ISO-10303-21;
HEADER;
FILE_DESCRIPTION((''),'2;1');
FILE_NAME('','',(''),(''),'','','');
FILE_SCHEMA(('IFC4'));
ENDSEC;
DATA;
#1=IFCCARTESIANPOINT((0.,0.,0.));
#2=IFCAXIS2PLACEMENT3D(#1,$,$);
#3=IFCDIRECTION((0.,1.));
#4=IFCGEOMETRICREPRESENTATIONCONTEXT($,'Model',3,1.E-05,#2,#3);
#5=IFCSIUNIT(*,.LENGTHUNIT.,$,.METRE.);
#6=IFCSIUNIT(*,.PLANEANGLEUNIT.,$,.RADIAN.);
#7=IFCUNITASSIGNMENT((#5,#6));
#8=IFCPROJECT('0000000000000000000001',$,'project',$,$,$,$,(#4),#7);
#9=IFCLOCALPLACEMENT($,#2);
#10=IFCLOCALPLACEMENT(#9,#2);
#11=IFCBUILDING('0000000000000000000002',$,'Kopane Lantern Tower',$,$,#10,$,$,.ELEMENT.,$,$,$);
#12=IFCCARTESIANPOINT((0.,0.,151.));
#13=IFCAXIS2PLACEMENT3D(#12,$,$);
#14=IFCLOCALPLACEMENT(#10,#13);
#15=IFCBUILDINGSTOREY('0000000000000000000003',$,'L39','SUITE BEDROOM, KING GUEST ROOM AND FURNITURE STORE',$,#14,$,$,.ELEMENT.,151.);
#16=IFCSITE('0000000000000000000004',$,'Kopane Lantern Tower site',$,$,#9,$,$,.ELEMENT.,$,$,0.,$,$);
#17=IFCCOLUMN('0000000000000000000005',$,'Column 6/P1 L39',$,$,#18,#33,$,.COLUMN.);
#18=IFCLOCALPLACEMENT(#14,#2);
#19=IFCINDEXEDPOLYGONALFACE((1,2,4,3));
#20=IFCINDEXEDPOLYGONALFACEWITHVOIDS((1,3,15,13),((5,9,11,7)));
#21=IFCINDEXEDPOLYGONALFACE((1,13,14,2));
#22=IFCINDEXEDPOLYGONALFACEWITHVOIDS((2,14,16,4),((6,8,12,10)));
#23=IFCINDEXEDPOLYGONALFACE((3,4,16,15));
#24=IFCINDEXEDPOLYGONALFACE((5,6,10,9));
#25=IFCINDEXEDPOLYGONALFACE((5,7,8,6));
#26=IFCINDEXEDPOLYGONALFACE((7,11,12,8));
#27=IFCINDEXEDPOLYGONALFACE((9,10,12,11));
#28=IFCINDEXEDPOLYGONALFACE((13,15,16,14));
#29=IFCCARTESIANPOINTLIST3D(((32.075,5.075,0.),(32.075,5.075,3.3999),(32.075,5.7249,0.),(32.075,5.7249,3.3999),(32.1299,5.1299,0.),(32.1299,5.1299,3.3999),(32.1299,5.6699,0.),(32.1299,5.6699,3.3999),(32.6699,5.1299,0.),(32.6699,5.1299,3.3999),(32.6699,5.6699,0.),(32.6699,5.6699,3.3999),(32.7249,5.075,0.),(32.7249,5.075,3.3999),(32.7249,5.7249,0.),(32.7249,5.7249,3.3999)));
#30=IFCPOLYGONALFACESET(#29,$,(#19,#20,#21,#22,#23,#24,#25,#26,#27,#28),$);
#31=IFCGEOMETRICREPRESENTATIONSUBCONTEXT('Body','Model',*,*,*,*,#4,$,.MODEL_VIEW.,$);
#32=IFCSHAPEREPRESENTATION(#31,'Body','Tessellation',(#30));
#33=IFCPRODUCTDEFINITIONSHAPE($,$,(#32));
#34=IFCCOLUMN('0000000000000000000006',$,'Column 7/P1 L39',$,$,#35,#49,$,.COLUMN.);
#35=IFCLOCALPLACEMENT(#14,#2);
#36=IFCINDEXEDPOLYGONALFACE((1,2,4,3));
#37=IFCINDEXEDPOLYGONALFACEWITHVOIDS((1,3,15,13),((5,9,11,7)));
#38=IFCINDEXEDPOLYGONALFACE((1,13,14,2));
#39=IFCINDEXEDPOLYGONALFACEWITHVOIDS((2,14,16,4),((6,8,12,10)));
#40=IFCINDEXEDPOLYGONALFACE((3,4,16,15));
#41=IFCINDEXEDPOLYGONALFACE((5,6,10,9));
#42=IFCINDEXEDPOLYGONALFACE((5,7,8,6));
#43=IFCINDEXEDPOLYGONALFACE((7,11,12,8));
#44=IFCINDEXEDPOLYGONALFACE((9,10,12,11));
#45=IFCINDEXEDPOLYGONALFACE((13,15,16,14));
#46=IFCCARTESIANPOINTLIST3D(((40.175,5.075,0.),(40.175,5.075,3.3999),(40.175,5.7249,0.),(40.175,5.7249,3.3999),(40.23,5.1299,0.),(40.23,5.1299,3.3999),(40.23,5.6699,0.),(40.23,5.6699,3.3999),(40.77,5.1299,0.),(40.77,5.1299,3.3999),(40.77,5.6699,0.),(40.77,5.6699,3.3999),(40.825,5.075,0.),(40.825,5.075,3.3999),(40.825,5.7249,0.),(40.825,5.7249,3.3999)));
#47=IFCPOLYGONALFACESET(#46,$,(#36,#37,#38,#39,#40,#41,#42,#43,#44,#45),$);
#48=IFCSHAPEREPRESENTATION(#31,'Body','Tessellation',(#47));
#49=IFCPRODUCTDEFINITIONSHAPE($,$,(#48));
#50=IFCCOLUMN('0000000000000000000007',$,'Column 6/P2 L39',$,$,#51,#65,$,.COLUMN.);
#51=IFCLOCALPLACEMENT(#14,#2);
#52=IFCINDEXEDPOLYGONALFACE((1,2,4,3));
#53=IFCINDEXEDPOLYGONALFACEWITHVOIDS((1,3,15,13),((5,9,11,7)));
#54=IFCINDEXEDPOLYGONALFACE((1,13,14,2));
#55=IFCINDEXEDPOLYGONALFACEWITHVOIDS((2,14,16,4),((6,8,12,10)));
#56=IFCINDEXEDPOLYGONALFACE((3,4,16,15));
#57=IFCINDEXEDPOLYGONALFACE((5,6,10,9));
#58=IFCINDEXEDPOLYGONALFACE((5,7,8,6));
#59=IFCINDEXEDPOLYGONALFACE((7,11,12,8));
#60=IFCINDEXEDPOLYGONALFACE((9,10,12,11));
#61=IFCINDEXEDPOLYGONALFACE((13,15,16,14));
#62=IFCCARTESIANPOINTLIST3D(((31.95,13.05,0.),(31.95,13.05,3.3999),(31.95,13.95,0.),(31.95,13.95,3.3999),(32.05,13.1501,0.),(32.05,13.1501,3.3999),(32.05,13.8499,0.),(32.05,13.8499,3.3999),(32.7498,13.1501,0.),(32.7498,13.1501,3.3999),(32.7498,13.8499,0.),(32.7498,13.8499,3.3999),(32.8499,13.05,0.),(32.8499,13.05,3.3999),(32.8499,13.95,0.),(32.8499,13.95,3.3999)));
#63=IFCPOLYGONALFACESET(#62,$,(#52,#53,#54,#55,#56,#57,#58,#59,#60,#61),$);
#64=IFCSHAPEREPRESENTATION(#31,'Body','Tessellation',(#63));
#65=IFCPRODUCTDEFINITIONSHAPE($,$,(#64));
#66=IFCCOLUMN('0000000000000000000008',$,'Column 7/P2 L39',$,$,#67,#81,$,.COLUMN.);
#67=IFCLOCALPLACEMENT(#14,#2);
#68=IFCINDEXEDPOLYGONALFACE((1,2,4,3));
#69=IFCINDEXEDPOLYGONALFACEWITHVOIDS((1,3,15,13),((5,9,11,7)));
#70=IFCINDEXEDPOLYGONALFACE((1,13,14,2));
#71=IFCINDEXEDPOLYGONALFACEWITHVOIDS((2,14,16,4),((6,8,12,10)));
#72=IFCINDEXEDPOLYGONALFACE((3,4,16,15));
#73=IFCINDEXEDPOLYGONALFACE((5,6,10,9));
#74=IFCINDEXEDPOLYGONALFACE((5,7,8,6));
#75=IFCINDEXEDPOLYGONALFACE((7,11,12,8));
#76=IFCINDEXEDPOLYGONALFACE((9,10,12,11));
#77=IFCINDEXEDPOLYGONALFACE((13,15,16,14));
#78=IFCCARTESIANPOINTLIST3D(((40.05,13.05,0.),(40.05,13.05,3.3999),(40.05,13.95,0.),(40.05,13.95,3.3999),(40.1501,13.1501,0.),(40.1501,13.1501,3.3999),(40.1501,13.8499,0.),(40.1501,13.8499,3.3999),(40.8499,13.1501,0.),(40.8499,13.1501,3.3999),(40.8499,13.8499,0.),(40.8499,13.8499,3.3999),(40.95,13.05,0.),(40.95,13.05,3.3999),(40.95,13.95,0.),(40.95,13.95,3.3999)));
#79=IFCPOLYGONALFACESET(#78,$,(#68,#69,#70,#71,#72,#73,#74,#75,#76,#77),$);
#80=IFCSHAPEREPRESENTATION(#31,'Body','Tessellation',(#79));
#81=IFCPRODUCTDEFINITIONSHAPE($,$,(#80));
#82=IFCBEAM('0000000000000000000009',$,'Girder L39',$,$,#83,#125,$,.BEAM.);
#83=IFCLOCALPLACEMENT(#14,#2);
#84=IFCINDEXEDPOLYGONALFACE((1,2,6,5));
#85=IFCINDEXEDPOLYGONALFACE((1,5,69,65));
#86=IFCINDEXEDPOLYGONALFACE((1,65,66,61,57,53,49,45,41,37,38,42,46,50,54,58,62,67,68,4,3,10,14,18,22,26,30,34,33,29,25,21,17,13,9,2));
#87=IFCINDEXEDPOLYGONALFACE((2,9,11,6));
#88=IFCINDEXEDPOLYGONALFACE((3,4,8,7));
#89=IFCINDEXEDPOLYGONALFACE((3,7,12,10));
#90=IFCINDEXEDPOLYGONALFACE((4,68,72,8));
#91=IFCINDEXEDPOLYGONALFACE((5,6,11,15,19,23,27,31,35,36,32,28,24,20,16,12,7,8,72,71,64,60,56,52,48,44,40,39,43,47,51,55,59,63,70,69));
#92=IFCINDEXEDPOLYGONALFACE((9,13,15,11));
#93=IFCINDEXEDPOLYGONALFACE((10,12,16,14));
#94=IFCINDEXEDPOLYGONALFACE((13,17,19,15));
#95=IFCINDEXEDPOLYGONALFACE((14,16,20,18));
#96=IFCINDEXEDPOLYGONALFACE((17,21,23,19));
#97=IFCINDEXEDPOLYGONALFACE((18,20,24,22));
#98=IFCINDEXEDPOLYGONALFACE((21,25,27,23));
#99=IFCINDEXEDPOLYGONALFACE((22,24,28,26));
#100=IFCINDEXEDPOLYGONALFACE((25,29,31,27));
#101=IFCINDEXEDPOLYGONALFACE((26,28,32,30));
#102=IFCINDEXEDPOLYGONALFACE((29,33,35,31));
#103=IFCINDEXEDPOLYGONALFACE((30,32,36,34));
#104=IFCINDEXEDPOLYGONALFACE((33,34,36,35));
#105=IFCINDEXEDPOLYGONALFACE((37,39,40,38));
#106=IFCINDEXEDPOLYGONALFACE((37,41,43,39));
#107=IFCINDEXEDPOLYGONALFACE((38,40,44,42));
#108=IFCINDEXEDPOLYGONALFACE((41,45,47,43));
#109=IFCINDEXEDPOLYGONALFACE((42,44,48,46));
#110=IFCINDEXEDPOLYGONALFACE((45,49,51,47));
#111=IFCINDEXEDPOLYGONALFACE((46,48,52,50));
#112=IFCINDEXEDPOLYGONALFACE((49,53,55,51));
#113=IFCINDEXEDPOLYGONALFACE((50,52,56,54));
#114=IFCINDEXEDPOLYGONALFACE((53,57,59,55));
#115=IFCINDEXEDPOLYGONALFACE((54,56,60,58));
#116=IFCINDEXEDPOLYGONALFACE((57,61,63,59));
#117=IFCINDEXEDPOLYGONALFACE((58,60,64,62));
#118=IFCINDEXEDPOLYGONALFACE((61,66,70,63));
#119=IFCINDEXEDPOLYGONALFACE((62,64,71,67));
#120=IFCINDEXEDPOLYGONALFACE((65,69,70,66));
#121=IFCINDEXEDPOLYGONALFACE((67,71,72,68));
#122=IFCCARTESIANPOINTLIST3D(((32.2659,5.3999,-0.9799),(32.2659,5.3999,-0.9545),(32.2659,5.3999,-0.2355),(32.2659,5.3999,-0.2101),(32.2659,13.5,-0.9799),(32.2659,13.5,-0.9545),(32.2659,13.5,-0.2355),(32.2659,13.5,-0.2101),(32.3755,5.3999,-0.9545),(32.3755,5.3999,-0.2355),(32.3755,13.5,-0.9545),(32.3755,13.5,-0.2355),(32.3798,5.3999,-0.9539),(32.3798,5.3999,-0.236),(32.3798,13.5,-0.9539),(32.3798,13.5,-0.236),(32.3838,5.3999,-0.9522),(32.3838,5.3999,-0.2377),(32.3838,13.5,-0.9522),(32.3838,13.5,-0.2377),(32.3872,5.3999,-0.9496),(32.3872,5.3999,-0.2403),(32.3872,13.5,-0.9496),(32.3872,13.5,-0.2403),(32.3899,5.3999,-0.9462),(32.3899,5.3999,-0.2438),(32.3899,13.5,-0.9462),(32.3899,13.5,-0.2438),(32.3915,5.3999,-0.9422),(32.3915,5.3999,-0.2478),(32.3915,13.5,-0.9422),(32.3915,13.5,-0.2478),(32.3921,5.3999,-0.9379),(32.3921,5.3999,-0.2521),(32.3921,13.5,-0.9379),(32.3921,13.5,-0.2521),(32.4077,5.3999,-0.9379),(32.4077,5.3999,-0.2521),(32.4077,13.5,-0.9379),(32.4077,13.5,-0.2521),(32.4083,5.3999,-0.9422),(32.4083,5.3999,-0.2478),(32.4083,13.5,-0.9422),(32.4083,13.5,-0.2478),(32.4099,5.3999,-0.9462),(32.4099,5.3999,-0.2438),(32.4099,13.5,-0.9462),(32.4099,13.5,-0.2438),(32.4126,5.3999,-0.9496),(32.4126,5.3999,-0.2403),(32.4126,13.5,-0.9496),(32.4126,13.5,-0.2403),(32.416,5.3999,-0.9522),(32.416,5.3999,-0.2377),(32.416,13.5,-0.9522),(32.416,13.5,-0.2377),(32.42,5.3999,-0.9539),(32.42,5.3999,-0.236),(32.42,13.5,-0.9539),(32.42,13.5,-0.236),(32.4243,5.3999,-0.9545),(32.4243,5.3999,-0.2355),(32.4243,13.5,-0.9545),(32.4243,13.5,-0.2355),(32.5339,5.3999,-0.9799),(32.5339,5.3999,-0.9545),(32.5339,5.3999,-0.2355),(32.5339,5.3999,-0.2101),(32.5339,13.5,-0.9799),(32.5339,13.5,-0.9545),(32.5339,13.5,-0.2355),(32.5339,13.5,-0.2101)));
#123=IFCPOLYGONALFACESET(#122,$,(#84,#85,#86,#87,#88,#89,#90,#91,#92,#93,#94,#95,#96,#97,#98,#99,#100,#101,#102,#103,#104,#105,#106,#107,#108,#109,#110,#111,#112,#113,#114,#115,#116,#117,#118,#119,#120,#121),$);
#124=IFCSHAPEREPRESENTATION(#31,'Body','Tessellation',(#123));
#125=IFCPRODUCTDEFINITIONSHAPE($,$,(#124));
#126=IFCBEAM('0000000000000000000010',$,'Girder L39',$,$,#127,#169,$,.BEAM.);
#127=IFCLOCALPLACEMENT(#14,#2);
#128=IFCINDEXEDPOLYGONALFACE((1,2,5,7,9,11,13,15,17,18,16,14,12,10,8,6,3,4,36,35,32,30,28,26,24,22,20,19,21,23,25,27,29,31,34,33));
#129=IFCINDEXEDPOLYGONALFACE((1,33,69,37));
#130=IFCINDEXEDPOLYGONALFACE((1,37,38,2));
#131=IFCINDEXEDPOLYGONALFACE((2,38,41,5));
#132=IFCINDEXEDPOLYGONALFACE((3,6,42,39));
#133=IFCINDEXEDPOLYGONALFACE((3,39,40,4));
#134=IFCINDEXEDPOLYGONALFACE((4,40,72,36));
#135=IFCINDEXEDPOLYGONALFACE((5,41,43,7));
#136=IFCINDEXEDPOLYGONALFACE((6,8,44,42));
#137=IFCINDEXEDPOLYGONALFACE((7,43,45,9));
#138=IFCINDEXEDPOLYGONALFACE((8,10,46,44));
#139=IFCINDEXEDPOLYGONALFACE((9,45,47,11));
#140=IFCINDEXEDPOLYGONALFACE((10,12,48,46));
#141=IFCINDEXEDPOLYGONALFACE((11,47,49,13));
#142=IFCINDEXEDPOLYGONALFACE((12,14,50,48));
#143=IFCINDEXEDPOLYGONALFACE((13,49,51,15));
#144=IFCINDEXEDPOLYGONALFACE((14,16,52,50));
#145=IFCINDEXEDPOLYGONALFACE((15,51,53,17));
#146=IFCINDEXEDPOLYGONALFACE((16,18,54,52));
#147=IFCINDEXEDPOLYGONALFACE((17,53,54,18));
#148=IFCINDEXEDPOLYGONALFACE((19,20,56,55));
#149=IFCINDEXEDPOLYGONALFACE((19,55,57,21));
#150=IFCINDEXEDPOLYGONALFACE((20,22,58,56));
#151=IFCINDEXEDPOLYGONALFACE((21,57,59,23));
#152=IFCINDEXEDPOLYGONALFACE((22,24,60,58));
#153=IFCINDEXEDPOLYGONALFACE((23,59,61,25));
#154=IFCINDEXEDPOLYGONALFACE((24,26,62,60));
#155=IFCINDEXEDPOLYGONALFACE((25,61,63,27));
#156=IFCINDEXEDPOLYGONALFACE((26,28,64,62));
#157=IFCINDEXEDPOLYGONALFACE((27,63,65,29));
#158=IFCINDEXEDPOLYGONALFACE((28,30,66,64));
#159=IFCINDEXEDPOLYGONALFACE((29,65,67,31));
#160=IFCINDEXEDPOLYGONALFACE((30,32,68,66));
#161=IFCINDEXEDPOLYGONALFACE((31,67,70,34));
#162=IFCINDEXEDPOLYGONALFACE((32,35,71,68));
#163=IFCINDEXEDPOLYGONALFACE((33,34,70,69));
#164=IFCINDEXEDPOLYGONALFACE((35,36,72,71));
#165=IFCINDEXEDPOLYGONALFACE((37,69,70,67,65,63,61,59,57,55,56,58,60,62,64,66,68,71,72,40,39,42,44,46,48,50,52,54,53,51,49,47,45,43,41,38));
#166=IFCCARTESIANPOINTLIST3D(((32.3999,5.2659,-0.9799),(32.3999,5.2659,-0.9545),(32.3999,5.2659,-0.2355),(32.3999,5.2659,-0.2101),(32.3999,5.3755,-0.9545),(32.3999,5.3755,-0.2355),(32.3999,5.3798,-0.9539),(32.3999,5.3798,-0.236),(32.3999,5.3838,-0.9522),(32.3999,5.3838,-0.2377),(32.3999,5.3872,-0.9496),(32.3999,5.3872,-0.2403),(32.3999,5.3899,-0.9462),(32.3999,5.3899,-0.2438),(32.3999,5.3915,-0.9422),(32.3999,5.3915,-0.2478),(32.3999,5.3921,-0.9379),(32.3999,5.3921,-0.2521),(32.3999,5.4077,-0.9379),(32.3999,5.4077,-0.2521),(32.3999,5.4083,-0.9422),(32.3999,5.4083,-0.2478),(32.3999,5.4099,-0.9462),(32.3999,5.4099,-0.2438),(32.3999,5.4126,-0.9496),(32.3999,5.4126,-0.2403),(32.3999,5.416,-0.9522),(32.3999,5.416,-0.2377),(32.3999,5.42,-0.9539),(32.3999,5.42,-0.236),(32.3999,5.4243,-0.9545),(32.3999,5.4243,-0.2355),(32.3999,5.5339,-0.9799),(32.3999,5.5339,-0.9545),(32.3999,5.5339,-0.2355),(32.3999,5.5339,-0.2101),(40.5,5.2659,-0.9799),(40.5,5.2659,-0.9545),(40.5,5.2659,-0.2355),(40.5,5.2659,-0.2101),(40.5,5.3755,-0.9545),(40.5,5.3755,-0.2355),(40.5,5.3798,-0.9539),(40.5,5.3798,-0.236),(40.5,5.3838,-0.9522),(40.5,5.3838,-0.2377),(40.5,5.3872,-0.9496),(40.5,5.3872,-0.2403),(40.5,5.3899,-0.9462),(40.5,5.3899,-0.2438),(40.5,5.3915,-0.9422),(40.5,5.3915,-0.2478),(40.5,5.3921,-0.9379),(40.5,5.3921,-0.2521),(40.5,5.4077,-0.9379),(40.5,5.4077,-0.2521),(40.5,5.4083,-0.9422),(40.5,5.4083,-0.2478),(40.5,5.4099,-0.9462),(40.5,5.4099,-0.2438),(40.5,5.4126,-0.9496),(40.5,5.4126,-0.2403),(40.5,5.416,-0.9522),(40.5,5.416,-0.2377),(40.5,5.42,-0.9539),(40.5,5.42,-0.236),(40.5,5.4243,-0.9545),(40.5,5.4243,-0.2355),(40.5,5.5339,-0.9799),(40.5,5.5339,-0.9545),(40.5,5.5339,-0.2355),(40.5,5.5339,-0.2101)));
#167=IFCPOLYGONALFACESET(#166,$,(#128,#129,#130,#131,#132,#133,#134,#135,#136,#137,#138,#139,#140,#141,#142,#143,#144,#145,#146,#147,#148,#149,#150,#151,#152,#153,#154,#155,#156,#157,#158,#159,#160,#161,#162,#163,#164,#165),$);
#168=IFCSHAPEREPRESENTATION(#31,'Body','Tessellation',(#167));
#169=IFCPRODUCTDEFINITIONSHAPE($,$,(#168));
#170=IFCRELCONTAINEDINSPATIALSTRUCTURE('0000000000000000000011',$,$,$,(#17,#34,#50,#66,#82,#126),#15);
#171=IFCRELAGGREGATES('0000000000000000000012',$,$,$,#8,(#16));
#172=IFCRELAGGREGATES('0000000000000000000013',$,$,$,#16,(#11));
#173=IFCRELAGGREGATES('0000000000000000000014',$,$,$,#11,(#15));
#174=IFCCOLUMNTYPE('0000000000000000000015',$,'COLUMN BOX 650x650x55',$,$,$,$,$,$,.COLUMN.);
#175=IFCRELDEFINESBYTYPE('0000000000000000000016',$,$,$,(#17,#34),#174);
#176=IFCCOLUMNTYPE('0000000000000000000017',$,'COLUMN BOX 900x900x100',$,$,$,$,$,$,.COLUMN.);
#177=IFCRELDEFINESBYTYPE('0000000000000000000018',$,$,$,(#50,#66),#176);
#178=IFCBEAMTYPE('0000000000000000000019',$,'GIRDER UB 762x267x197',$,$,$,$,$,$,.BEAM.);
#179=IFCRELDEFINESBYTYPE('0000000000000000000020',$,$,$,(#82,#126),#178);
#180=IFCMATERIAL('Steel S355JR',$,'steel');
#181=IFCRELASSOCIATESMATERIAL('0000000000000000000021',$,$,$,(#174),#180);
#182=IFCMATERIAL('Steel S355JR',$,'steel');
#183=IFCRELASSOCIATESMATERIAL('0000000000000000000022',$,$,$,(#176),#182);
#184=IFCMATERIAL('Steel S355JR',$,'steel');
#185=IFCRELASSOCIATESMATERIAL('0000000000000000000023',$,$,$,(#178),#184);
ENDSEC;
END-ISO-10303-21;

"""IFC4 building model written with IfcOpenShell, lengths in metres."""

from ifc_helpers import new_model, si_unit, direction, frame, origin, origin_2d, place, context, subcontext, project, spatial, hollow_rectangle, i_section, extrude, material, material_profile, profile_set, type_object, element, save


model = new_model("IFC4")

# Units and contexts
model_context = context("Model", 3, precision=1e-05, world=origin(), true_north=direction((0.0, 1.0)))
body_context = subcontext(model_context, "Body", "Model", "MODEL_VIEW")
ifc_project = project(units=[si_unit("LENGTHUNIT", "METRE"), si_unit("PLANEANGLEUNIT", "RADIAN")], contexts=[model_context])

# Site, building, storey
site_placement = place(None, origin())
site = spatial("IfcSite", under=ifc_project, at=site_placement, Name="Kopane Lantern Tower site", CompositionType="ELEMENT", RefElevation=0.0)
building_placement = place(site_placement, origin())
building = spatial("IfcBuilding", under=site, at=building_placement, Name="Kopane Lantern Tower", CompositionType="ELEMENT")
storey_placement = place(building_placement, frame((0.0, 0.0, 151.0)))
storey = spatial("IfcBuildingStorey", under=building, at=storey_placement, Name="L39", Description="SUITE BEDROOM, KING GUEST ROOM AND FURNITURE STORE", CompositionType="ELEMENT", Elevation=151.0)

# Columns
ifc_material_1 = material(Name="Steel S355JR", Category="steel")
ifc_material_profile_1 = material_profile(ifc_material_1, hollow_rectangle(XDim=0.6499, YDim=0.6499, WallThickness=0.0549, at=origin_2d()), Name="BOX 650x650x55")
ifc_profile_set_1 = profile_set([ifc_material_profile_1], Name="Steel S355JR")
column_type_1 = type_object("IfcColumnType", Name="COLUMN BOX 650x650x55", PredefinedType="COLUMN", material=ifc_profile_set_1)
for number, where, z_axis, x_axis, name in (
    (1, (32.3999, 5.3999, 0.0), (0.0, 0.0, 1.0), (1.0, 0.0, 0.0), "Column 6/P1 L39"),
    (2, (40.5, 5.3999, 0.0), (0.0, 0.0, 1.0), (1.0, 0.0, 0.0), "Column 7/P1 L39"),
):
    element("IfcColumn", number, at=place(storey_placement, frame(where, z_axis=z_axis, x_axis=x_axis)), inside=storey, type_object=column_type_1, Name=name, PredefinedType="COLUMN", context=body_context, shape_type="SweptSolid", body=[
        extrude(hollow_rectangle(XDim=0.6499, YDim=0.6499, WallThickness=0.0549, at=origin_2d()), origin(), (0.0, 0.0, 1.0), 3.3999),
    ])
ifc_material_2 = material(Name="Steel S355JR", Category="steel")
ifc_material_profile_2 = material_profile(ifc_material_2, hollow_rectangle(XDim=0.8999, YDim=0.8999, WallThickness=0.1001, at=origin_2d()), Name="BOX 900x900x100")
ifc_profile_set_2 = profile_set([ifc_material_profile_2], Name="Steel S355JR")
column_type_2 = type_object("IfcColumnType", Name="COLUMN BOX 900x900x100", PredefinedType="COLUMN", material=ifc_profile_set_2)
for number, where, z_axis, x_axis, name in (
    (3, (32.3999, 13.5, 0.0), (0.0, 0.0, 1.0), (1.0, 0.0, 0.0), "Column 6/P2 L39"),
    (4, (40.5, 13.5, 0.0), (0.0, 0.0, 1.0), (1.0, 0.0, 0.0), "Column 7/P2 L39"),
):
    element("IfcColumn", number, at=place(storey_placement, frame(where, z_axis=z_axis, x_axis=x_axis)), inside=storey, type_object=column_type_2, Name=name, PredefinedType="COLUMN", context=body_context, shape_type="SweptSolid", body=[
        extrude(hollow_rectangle(XDim=0.8999, YDim=0.8999, WallThickness=0.1001, at=origin_2d()), origin(), (0.0, 0.0, 1.0), 3.3999),
    ])

# Beams
ifc_material_3 = material(Name="Steel S355JR", Category="steel")
ifc_material_profile_3 = material_profile(ifc_material_3, i_section(OverallWidth=0.2681, OverallDepth=0.7698, WebThickness=0.0156, FlangeThickness=0.0254, FilletRadius=0.0166, at=origin_2d()), Name="UB 762x267x197")
ifc_profile_set_3 = profile_set([ifc_material_profile_3], Name="Steel S355JR")
beam_type = type_object("IfcBeamType", Name="GIRDER UB 762x267x197", PredefinedType="BEAM", material=ifc_profile_set_3)
for number, where, z_axis, x_axis, name in (
    (5, (32.3999, 5.3999, -0.595), (0.0, 1.0, 0.0), (-1.0, 0.0, 0.0), "Girder L39"),
    (6, (32.3999, 5.3999, -0.595), (1.0, 0.0, 0.0), (0.0, 1.0, 0.0), "Girder L39"),
):
    element("IfcBeam", number, at=place(storey_placement, frame(where, z_axis=z_axis, x_axis=x_axis)), inside=storey, type_object=beam_type, Name=name, PredefinedType="BEAM", context=body_context, shape_type="SweptSolid", body=[
        extrude(i_section(OverallWidth=0.2681, OverallDepth=0.7698, WebThickness=0.0156, FlangeThickness=0.0254, FilletRadius=0.0166, at=origin_2d()), origin(), (0.0, 0.0, 1.0), 8.1001),
    ])

save(model, "model.ifc")
